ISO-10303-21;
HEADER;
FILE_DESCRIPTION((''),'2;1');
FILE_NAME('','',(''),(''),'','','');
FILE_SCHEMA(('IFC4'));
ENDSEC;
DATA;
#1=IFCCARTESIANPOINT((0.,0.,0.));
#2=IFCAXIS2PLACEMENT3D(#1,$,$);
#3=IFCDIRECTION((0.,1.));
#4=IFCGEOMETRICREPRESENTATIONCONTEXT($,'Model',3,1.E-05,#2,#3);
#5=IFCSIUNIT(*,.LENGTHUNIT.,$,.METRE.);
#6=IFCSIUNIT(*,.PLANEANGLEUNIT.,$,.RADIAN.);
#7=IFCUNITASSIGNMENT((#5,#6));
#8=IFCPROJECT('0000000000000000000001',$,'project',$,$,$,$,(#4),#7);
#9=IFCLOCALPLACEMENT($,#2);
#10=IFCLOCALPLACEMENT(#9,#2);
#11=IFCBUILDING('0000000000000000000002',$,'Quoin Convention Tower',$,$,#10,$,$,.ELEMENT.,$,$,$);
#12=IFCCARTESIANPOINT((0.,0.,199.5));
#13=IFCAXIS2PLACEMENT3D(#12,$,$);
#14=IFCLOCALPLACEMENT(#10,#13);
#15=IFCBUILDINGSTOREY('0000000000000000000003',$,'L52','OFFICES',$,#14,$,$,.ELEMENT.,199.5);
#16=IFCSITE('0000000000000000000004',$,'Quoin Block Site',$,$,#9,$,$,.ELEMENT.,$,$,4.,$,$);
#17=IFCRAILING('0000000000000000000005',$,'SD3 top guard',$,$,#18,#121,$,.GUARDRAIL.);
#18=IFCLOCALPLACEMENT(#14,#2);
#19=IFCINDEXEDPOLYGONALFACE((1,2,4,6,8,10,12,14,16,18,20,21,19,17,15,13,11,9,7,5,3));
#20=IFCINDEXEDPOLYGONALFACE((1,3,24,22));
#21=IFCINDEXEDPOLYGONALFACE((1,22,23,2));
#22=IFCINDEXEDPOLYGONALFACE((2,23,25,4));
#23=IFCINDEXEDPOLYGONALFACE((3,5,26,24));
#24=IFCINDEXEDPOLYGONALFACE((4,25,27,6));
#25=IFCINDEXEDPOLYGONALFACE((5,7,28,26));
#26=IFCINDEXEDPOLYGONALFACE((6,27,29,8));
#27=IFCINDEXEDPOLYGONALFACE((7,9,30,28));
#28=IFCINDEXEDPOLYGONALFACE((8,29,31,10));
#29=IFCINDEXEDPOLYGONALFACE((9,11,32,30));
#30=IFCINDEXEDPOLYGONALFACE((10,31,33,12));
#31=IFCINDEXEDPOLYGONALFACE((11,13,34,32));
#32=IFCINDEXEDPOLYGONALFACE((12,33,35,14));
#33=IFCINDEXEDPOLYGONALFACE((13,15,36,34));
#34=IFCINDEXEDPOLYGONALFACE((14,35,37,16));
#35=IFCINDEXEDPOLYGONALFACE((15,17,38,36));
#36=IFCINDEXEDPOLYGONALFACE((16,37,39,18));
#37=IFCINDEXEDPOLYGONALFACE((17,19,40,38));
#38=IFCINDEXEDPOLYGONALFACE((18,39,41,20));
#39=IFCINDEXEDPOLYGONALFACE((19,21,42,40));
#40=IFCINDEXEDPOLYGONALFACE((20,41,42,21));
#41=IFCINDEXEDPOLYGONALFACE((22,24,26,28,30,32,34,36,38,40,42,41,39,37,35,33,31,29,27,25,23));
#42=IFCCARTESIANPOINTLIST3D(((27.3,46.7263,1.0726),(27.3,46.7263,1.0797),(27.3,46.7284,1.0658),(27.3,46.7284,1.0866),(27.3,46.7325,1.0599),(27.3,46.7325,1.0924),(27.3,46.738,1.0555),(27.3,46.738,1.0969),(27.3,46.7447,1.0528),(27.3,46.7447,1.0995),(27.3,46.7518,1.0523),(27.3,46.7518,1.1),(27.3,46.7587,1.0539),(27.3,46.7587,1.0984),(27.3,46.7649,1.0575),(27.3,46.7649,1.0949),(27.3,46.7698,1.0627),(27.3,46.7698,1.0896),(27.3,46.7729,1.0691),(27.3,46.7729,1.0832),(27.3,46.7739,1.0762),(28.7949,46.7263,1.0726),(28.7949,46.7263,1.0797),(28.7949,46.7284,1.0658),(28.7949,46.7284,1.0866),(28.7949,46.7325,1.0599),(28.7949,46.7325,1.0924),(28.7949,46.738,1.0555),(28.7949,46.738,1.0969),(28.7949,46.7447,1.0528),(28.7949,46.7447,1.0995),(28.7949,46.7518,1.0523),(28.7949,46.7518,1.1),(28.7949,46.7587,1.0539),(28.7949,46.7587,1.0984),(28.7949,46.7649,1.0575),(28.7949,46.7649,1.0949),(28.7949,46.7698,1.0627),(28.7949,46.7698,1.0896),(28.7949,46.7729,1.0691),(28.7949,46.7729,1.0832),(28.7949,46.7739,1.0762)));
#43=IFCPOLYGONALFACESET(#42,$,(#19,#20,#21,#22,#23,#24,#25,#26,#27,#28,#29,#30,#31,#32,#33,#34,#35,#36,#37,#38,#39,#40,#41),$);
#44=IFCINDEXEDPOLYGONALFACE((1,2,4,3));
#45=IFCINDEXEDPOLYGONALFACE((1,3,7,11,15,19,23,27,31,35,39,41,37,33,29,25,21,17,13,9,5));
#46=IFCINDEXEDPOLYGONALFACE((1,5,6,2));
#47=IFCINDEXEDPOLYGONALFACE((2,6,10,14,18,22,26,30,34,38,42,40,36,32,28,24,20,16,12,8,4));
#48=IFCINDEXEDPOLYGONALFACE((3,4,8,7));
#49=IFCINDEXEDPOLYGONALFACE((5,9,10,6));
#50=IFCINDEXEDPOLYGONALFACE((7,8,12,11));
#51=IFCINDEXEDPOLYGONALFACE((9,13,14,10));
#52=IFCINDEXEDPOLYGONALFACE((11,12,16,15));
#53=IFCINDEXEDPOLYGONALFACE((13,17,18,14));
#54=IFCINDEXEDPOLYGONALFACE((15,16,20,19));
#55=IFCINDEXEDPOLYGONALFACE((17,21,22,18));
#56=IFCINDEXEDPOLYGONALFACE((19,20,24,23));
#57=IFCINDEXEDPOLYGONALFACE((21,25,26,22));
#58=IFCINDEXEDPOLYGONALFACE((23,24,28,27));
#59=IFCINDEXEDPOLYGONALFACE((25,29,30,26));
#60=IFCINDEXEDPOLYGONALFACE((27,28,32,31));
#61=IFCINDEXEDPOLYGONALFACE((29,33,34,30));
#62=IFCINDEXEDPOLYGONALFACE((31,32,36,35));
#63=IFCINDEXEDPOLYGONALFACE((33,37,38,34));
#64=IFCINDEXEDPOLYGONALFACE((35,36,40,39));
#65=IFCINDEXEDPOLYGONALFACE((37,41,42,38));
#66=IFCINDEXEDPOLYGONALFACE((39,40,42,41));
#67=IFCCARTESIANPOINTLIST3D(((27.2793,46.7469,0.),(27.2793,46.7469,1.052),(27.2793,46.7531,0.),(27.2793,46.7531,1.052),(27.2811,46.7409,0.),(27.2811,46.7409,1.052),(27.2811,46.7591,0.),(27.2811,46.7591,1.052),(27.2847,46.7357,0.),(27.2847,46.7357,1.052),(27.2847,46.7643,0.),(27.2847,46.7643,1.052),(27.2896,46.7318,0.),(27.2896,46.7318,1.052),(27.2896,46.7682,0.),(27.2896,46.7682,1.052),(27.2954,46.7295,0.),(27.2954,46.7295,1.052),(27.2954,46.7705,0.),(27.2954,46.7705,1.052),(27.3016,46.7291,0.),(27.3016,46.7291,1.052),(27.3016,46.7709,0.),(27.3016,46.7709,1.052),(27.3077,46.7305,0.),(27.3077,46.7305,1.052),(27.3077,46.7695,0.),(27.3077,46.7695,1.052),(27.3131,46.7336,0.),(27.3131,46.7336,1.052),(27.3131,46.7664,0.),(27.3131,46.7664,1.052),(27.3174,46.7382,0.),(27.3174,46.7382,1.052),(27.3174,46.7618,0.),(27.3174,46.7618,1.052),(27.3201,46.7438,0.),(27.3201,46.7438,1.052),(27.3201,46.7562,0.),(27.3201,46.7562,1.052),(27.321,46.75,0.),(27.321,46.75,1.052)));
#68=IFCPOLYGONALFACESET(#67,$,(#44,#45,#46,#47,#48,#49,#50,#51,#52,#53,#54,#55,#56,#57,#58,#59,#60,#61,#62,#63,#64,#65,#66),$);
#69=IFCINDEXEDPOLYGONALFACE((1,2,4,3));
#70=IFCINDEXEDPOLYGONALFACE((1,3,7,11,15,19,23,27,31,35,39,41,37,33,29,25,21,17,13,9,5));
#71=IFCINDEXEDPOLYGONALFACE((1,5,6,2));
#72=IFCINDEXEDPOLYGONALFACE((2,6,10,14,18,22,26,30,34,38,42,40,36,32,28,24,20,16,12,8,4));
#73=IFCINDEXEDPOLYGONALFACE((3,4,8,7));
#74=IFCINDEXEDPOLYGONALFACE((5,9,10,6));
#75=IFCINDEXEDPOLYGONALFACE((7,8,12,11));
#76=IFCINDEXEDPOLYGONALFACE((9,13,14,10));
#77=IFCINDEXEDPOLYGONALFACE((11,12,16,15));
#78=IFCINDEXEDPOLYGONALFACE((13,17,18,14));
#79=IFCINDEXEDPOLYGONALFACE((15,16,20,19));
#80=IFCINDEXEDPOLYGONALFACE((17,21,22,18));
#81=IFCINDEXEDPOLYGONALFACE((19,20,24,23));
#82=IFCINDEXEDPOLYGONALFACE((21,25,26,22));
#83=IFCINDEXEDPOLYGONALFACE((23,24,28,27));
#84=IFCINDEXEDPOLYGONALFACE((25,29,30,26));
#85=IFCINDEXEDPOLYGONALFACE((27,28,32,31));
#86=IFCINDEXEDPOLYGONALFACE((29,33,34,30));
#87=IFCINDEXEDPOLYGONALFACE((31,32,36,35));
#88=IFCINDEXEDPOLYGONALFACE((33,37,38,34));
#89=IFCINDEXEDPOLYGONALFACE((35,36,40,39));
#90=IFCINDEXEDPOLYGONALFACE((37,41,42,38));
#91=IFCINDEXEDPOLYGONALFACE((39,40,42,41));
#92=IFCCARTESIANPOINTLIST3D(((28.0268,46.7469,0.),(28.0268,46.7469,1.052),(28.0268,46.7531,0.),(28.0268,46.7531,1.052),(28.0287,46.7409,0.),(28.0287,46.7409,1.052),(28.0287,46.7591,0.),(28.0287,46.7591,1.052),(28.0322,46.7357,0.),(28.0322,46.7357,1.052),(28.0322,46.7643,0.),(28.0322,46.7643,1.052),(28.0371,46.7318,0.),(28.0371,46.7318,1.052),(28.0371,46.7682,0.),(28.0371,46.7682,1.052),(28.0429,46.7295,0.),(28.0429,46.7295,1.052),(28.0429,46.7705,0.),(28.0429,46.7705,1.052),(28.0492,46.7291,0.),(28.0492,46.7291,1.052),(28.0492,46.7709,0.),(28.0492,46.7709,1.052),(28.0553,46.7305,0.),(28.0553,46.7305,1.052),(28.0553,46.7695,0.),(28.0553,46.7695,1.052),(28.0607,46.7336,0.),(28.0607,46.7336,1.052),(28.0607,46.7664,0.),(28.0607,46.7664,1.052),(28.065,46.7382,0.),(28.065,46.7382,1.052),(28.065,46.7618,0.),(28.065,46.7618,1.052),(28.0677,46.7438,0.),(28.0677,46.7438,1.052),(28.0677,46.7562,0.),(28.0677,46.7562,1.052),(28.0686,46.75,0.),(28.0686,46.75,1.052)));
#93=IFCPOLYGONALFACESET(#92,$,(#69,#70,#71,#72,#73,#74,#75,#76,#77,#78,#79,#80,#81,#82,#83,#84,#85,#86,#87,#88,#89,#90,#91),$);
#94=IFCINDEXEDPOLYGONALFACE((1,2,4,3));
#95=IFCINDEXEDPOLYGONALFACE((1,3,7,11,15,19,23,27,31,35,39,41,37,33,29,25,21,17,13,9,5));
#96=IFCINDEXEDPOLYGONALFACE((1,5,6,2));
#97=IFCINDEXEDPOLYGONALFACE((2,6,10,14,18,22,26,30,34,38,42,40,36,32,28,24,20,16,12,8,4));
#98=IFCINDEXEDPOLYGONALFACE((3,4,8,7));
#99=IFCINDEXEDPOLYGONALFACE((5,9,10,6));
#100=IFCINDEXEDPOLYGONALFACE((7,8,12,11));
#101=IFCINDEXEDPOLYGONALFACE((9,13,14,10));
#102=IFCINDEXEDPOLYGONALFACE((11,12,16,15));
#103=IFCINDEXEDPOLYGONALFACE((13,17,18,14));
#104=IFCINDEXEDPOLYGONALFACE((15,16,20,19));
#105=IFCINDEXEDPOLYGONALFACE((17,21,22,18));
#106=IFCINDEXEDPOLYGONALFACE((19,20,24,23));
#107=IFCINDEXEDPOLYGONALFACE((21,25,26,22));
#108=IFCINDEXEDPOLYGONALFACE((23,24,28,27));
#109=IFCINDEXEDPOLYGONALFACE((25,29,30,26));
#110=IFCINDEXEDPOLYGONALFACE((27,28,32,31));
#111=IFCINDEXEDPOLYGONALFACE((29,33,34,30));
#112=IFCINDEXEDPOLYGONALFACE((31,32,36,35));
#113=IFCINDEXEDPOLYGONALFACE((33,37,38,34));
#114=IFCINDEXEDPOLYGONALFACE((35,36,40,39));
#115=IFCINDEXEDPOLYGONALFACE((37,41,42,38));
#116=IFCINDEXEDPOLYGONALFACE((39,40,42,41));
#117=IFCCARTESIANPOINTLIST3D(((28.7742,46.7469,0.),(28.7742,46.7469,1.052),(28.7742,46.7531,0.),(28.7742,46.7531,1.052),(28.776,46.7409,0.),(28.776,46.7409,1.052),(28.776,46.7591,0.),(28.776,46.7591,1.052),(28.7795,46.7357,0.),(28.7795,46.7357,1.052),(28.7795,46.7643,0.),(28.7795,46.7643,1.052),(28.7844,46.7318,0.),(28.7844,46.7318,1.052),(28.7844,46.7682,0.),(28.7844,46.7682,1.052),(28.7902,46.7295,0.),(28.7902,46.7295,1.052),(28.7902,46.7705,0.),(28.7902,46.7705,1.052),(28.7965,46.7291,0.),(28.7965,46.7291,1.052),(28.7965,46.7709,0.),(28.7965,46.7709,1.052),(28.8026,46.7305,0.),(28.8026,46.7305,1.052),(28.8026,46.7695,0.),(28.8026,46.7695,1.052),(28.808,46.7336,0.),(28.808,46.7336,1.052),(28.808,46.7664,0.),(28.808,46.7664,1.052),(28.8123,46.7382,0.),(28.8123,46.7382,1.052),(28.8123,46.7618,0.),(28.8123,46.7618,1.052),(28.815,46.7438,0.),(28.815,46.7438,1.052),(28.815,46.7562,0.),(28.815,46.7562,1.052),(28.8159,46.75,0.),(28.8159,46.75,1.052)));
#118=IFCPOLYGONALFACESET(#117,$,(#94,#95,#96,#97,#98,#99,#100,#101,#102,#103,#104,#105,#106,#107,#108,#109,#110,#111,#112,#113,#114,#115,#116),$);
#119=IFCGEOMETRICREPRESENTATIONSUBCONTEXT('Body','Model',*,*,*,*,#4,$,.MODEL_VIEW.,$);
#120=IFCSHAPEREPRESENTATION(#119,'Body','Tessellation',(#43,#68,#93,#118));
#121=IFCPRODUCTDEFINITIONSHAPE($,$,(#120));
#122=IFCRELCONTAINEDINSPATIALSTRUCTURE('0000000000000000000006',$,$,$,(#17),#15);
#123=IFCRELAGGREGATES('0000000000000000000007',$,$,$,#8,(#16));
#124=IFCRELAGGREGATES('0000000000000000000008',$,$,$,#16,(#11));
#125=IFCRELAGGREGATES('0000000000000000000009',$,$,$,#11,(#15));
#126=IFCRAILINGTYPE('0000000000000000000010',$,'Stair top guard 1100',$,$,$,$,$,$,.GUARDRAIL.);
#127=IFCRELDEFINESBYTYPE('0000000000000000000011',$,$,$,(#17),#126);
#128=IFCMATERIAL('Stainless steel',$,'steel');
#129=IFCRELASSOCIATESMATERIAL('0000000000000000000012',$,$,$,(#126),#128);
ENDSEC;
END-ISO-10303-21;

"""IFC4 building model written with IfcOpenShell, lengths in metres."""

from ifc_helpers import new_model, si_unit, direction, frame, origin, origin_2d, place, context, subcontext, project, spatial, circle, extrude, material, type_object, element, save


model = new_model("IFC4")

# Units and contexts
model_context = context("Model", 3, precision=1e-05, world=origin(), true_north=direction((0.0, 1.0)))
body_context = subcontext(model_context, "Body", "Model", "MODEL_VIEW")
ifc_project = project(units=[si_unit("LENGTHUNIT", "METRE"), si_unit("PLANEANGLEUNIT", "RADIAN")], contexts=[model_context])

# Site, building, storey
site_placement = place(None, origin())
site = spatial("IfcSite", under=ifc_project, at=site_placement, Name="Quoin Block Site", CompositionType="ELEMENT", RefElevation=4.0)
building_placement = place(site_placement, origin())
building = spatial("IfcBuilding", under=site, at=building_placement, Name="Quoin Convention Tower", CompositionType="ELEMENT")
storey_placement = place(building_placement, frame((0.0, 0.0, 199.5)))
storey = spatial("IfcBuildingStorey", under=building, at=storey_placement, Name="L52", Description="OFFICES", CompositionType="ELEMENT", Elevation=199.5)

# Railing
ifc_material_1 = material(Name="Stainless steel", Category="steel")
railing_type_1 = type_object("IfcRailingType", Name="Stair top guard 1100", PredefinedType="GUARDRAIL", material=ifc_material_1)
railing_1_placement = place(storey_placement, frame((27.3, 46.75, 0.0)))
element("IfcRailing", 1, at=railing_1_placement, inside=storey, type_object=railing_type_1, Name="SD3 top guard", PredefinedType="GUARDRAIL", context=body_context, shape_type="SweptSolid", body=[
    extrude(circle(Radius=0.0239, at=origin_2d()), frame((0.0, 0.0, 1.0762), z_axis=(1.0, 0.0, 0.0), x_axis=(0.0, 1.0, 0.0)), (0.0, 0.0, 1.0), 1.4949),
    extrude(circle(Radius=0.021, at=origin_2d()), origin(), (0.0, 0.0, 1.0), 1.052),
    extrude(circle(Radius=0.021, at=origin_2d()), frame((0.7476, 0.0, 0.0)), (0.0, 0.0, 1.0), 1.052),
    extrude(circle(Radius=0.021, at=origin_2d()), frame((1.4949, 0.0, 0.0)), (0.0, 0.0, 1.0), 1.052),
])

save(model, "model.ifc")
